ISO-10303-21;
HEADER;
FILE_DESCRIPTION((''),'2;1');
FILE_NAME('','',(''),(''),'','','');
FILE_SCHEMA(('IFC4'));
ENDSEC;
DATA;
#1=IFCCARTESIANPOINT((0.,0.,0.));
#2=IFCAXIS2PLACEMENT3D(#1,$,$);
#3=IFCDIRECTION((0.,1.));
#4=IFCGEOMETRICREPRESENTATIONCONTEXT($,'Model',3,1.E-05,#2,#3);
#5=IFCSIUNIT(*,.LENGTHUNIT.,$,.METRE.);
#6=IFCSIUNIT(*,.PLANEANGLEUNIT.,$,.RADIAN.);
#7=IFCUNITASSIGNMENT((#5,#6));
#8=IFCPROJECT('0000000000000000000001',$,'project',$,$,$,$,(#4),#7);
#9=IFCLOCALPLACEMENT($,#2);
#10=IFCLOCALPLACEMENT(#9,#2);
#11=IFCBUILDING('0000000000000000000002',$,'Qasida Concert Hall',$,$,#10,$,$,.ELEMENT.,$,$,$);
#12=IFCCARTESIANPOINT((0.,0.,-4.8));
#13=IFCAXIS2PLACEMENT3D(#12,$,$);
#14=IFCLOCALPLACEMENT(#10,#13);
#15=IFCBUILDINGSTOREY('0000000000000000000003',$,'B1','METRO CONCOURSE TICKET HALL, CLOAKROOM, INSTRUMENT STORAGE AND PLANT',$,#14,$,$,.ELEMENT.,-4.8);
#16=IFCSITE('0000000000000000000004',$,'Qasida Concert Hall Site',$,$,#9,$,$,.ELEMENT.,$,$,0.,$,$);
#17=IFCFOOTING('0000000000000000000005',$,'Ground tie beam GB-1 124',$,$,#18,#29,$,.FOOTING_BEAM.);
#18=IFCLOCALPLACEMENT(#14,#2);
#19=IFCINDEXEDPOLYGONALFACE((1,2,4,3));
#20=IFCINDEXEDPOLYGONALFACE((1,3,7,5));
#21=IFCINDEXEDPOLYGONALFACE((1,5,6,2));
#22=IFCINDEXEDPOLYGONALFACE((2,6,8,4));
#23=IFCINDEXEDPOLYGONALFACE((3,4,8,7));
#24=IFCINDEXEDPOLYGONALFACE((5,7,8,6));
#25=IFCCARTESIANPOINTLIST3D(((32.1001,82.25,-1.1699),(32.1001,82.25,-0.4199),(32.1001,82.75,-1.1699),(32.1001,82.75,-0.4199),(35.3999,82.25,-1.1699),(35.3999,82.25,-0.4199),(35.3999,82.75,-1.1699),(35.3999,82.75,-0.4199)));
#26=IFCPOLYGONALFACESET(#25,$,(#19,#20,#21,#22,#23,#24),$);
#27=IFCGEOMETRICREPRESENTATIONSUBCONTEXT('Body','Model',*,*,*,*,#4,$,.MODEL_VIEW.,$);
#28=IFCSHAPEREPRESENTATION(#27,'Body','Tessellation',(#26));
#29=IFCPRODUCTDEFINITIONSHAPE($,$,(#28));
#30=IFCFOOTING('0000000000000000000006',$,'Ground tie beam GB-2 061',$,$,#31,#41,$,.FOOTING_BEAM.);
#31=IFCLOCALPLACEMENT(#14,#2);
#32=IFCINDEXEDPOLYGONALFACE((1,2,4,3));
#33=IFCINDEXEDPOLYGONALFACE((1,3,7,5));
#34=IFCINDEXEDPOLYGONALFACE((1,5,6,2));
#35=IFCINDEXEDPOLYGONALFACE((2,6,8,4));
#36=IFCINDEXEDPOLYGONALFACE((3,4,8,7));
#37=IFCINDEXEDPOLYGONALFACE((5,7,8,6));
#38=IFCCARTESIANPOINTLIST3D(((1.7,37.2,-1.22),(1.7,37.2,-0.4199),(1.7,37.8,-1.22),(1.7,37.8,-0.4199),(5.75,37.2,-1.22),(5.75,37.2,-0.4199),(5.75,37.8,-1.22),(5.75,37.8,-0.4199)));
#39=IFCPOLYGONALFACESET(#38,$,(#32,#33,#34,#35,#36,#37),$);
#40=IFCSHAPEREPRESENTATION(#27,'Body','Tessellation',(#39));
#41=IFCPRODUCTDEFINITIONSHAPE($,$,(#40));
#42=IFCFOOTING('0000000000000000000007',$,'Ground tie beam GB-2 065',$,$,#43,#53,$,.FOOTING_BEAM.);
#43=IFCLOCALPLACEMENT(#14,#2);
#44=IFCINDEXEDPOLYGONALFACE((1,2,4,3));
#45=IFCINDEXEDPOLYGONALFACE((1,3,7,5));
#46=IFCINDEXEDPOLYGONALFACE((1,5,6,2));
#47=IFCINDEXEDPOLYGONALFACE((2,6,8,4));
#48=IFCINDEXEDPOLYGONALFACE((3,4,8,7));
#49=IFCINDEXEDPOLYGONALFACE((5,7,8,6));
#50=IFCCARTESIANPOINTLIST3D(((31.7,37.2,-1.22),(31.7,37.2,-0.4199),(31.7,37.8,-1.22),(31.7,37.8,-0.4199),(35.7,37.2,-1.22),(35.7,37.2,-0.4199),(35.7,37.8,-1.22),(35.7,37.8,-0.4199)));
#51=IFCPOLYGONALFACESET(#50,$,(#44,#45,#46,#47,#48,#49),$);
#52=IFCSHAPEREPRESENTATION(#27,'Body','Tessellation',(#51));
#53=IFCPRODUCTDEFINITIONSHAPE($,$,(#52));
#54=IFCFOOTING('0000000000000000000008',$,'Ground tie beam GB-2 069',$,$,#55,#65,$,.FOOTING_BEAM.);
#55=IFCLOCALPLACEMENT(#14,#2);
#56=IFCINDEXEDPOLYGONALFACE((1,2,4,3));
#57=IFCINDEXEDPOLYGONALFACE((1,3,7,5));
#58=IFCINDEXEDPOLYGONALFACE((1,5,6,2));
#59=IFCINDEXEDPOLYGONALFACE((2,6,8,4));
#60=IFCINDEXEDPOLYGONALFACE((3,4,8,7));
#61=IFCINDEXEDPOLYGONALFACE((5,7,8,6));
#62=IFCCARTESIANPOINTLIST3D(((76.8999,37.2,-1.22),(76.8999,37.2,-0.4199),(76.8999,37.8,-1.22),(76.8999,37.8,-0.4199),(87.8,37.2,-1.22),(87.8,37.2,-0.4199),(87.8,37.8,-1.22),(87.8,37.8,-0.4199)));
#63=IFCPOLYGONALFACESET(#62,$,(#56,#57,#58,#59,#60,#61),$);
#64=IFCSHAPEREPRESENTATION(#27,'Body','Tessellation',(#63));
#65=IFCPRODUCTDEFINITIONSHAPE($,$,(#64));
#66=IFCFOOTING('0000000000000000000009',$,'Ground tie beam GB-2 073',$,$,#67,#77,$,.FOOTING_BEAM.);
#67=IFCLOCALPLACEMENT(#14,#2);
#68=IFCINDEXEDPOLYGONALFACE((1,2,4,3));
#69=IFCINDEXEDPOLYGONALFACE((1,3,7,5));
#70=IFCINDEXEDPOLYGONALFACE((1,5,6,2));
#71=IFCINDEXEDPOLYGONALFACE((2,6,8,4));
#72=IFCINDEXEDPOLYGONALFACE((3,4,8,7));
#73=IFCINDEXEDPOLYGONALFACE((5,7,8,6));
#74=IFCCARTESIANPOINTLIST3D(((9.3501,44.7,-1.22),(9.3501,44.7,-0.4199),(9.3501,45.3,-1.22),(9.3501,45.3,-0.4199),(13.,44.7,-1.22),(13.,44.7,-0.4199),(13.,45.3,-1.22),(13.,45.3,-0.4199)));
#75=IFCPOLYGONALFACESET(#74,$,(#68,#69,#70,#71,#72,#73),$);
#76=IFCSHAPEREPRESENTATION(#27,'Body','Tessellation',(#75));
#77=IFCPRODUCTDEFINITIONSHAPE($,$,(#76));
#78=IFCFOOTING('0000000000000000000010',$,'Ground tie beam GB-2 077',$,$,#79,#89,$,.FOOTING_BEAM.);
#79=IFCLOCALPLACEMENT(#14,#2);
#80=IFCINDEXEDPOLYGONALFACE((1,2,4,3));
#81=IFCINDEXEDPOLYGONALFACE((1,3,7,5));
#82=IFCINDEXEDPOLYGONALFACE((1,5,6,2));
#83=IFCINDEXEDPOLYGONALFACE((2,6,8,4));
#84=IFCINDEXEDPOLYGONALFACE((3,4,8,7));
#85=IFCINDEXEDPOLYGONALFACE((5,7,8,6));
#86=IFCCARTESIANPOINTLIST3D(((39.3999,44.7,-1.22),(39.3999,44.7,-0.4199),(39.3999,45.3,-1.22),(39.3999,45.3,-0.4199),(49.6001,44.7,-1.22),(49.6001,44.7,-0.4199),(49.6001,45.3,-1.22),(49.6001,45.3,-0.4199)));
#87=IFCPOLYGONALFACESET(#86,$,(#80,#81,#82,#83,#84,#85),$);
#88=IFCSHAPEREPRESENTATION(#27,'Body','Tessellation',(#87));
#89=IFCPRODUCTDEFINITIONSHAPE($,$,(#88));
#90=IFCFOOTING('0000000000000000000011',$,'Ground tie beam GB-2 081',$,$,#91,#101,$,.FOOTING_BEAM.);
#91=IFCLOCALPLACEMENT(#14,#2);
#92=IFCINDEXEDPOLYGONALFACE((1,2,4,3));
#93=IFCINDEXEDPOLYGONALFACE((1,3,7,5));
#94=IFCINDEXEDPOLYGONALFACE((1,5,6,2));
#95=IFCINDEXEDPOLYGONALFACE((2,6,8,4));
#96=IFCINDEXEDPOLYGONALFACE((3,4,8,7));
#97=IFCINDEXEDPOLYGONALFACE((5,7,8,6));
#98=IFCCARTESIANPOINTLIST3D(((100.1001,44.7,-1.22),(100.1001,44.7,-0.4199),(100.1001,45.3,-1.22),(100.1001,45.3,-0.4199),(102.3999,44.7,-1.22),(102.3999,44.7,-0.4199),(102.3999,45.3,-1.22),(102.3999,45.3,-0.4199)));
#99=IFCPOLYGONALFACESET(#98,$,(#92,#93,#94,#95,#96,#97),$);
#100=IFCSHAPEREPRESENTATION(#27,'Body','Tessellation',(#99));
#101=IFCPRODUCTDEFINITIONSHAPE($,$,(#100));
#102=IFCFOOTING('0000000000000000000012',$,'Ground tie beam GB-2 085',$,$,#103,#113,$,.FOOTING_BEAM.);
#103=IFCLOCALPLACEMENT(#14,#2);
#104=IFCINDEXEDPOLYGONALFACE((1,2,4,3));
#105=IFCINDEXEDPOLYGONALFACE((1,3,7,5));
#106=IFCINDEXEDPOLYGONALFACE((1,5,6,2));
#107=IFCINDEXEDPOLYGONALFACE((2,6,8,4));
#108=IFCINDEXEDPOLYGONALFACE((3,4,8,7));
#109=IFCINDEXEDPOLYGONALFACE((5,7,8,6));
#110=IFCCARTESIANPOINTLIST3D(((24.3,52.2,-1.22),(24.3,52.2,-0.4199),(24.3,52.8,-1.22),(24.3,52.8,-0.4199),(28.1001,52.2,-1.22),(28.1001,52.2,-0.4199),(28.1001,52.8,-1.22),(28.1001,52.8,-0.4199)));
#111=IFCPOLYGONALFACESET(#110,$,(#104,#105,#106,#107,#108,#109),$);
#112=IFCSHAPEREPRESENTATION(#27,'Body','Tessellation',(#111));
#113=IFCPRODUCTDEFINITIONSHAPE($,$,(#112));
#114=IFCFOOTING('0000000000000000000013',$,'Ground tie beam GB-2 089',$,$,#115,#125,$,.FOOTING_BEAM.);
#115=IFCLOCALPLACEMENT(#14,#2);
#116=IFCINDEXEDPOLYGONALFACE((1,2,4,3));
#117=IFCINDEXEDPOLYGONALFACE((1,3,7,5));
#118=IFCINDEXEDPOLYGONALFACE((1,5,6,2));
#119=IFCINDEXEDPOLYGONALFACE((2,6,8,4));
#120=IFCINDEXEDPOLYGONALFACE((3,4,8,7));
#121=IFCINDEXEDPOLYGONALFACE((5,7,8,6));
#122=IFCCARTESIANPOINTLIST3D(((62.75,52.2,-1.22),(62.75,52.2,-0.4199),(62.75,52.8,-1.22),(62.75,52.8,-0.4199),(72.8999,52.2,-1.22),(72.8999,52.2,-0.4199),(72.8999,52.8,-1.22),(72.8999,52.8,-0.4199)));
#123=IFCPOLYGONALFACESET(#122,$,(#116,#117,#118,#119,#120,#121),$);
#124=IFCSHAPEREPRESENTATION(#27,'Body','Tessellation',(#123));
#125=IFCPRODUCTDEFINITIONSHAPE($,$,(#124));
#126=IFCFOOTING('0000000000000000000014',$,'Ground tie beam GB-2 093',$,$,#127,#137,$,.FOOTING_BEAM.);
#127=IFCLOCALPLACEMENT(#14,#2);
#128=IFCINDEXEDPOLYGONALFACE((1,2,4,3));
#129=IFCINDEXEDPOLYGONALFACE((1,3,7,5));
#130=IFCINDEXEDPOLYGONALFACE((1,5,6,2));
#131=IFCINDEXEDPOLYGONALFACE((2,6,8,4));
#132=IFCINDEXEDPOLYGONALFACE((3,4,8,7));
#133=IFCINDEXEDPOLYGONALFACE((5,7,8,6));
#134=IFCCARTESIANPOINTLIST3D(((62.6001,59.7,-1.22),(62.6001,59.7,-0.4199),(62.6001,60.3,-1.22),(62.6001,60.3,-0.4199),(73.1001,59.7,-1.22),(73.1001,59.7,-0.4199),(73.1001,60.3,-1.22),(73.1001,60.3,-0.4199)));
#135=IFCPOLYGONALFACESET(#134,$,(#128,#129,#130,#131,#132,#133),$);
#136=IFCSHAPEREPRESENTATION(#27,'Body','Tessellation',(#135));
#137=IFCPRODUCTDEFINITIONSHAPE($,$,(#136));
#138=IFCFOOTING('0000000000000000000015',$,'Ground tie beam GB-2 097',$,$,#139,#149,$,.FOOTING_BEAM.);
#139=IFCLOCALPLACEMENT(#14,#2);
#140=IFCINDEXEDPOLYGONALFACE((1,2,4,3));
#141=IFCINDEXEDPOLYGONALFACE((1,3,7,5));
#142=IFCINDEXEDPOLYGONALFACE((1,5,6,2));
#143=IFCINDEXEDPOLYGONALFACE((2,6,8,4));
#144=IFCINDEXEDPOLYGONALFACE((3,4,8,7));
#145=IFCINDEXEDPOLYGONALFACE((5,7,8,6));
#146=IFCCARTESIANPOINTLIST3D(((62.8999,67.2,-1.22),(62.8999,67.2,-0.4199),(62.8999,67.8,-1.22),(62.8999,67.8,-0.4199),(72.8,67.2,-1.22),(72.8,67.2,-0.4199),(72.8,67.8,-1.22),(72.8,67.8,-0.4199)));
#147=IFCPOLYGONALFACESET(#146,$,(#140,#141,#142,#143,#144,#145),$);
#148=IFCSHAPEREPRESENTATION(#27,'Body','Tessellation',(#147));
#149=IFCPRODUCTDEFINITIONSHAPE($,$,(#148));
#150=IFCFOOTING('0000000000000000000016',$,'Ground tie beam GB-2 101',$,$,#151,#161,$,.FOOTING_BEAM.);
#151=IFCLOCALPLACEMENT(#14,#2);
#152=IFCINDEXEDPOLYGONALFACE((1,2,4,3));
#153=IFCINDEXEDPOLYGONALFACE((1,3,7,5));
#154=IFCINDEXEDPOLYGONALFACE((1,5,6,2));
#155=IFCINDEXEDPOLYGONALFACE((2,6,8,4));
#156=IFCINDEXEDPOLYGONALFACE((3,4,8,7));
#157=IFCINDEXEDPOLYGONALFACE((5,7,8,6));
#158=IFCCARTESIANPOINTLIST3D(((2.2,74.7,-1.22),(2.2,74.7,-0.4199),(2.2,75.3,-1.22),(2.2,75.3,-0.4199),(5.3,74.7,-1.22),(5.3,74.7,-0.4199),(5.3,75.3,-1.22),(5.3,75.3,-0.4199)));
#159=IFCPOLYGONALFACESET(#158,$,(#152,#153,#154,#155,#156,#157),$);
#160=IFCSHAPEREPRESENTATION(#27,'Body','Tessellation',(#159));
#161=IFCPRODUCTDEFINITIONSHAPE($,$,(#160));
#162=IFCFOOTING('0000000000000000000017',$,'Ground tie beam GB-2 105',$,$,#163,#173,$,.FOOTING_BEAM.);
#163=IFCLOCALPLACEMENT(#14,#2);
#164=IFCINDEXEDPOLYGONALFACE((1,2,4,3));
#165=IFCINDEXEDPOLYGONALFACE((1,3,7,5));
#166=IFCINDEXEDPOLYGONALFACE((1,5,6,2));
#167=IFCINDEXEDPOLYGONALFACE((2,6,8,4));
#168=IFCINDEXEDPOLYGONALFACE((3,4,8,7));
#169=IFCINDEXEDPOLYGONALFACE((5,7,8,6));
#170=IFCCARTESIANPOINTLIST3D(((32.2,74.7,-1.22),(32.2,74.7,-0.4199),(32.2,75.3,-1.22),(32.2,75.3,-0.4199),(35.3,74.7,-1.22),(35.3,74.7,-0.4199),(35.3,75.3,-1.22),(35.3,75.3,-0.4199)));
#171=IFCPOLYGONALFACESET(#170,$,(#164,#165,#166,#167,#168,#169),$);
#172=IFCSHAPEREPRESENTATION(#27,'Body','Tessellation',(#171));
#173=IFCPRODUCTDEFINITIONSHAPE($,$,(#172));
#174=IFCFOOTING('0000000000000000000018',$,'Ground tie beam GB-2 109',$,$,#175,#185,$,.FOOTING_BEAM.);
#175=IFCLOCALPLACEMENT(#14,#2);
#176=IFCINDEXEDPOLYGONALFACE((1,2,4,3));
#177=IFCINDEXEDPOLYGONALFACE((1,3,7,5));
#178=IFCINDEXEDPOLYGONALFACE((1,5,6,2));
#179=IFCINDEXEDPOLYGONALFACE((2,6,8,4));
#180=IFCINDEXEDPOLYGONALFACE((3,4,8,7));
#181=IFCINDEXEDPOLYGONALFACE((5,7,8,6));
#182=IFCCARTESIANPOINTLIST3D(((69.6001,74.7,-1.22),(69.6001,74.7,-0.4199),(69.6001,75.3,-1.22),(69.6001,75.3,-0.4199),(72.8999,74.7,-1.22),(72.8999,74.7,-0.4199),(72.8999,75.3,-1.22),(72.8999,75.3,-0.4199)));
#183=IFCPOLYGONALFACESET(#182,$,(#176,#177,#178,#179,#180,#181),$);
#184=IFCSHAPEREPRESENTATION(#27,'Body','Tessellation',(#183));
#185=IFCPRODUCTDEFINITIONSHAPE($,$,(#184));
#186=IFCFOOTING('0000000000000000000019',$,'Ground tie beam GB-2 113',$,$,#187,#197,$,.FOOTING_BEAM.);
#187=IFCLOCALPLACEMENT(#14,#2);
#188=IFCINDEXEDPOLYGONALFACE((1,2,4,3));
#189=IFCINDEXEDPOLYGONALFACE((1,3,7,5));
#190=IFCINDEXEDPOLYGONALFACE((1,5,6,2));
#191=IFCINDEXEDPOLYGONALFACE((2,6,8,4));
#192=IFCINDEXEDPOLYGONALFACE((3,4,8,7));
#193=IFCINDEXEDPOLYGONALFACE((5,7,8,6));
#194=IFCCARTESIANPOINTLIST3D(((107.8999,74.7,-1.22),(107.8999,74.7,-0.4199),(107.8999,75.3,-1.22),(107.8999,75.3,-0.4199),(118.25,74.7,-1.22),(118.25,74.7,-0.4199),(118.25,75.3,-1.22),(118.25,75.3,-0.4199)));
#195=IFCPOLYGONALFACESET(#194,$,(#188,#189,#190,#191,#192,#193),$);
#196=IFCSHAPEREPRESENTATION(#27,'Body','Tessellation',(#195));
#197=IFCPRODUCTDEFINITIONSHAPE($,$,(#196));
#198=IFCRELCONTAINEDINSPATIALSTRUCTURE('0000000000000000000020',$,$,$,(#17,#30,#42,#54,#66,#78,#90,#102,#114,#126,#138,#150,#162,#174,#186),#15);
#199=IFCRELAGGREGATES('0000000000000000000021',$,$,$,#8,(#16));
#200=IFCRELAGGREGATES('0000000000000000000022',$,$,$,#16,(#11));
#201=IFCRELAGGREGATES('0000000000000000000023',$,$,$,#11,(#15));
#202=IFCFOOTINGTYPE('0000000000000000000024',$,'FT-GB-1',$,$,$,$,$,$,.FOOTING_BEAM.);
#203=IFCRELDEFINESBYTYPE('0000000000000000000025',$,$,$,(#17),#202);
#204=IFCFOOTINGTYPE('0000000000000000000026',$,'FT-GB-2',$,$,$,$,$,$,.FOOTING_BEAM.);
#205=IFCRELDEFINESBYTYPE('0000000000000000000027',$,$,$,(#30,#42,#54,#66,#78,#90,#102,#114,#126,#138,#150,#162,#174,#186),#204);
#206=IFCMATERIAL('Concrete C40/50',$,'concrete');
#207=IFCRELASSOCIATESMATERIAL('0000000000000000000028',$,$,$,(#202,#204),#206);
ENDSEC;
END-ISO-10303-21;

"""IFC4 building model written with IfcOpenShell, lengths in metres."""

from ifc_helpers import new_model, si_unit, direction, frame, origin, place, context, subcontext, project, spatial, polyline, outline, extrude, material, type_object, element, save


model = new_model("IFC4")

# Units and contexts
model_context = context("Model", 3, precision=1e-05, world=origin(), true_north=direction((0.0, 1.0)))
body_context = subcontext(model_context, "Body", "Model", "MODEL_VIEW")
ifc_project = project(units=[si_unit("LENGTHUNIT", "METRE"), si_unit("PLANEANGLEUNIT", "RADIAN")], contexts=[model_context])

# Site, building, storey
site_placement = place(None, origin())
site = spatial("IfcSite", under=ifc_project, at=site_placement, Name="Qasida Concert Hall Site", CompositionType="ELEMENT", RefElevation=0.0)
building_placement = place(site_placement, origin())
building = spatial("IfcBuilding", under=site, at=building_placement, Name="Qasida Concert Hall", CompositionType="ELEMENT")
storey_placement = place(building_placement, frame((0.0, 0.0, -4.8)))
storey = spatial("IfcBuildingStorey", under=building, at=storey_placement, Name="B1", Description="METRO CONCOURSE TICKET HALL, CLOAKROOM, INSTRUMENT STORAGE AND PLANT", CompositionType="ELEMENT", Elevation=-4.8)

# Footings
ifc_material = material(Name="Concrete C40/50", Category="concrete")
footing_type_1 = type_object("IfcFootingType", Name="FT-GB-1", PredefinedType="FOOTING_BEAM", material=ifc_material)
footing_1_placement = place(storey_placement, frame((0.0, 0.0, -1.1699)))
element("IfcFooting", 1, at=footing_1_placement, inside=storey, type_object=footing_type_1, Name="Ground tie beam GB-1 124", PredefinedType="FOOTING_BEAM", context=body_context, shape_type="SweptSolid", body=[
    extrude(outline(polyline([(32.1001, 82.25), (35.3999, 82.25), (35.3999, 82.75), (32.1001, 82.75), (32.1001, 82.25)])), origin(), (0.0, 0.0, 1.0), 0.75),
])
footing_type_2 = type_object("IfcFootingType", Name="FT-GB-2", PredefinedType="FOOTING_BEAM", material=ifc_material)
footing_2_placement = place(storey_placement, frame((0.0, 0.0, -1.22)))
element("IfcFooting", 2, at=footing_2_placement, inside=storey, type_object=footing_type_2, Name="Ground tie beam GB-2 061", PredefinedType="FOOTING_BEAM", context=body_context, shape_type="SweptSolid", body=[
    extrude(outline(polyline([(1.7, 37.2), (5.75, 37.2), (5.75, 37.8), (1.7, 37.8), (1.7, 37.2)])), origin(), (0.0, 0.0, 1.0), 0.8),
])
footing_3_placement = place(storey_placement, frame((0.0, 0.0, -1.22)))
element("IfcFooting", 3, at=footing_3_placement, inside=storey, type_object=footing_type_2, Name="Ground tie beam GB-2 065", PredefinedType="FOOTING_BEAM", context=body_context, shape_type="SweptSolid", body=[
    extrude(outline(polyline([(31.7, 37.2), (35.7, 37.2), (35.7, 37.8), (31.7, 37.8), (31.7, 37.2)])), origin(), (0.0, 0.0, 1.0), 0.8),
])
footing_4_placement = place(storey_placement, frame((0.0, 0.0, -1.22)))
element("IfcFooting", 4, at=footing_4_placement, inside=storey, type_object=footing_type_2, Name="Ground tie beam GB-2 069", PredefinedType="FOOTING_BEAM", context=body_context, shape_type="SweptSolid", body=[
    extrude(outline(polyline([(76.8999, 37.2), (87.8, 37.2), (87.8, 37.8), (76.8999, 37.8), (76.8999, 37.2)])), origin(), (0.0, 0.0, 1.0), 0.8),
])
footing_5_placement = place(storey_placement, frame((0.0, 0.0, -1.22)))
element("IfcFooting", 5, at=footing_5_placement, inside=storey, type_object=footing_type_2, Name="Ground tie beam GB-2 073", PredefinedType="FOOTING_BEAM", context=body_context, shape_type="SweptSolid", body=[
    extrude(outline(polyline([(9.3501, 44.7), (13.0, 44.7), (13.0, 45.3), (9.3501, 45.3), (9.3501, 44.7)])), origin(), (0.0, 0.0, 1.0), 0.8),
])
footing_6_placement = place(storey_placement, frame((0.0, 0.0, -1.22)))
element("IfcFooting", 6, at=footing_6_placement, inside=storey, type_object=footing_type_2, Name="Ground tie beam GB-2 077", PredefinedType="FOOTING_BEAM", context=body_context, shape_type="SweptSolid", body=[
    extrude(outline(polyline([(39.3999, 44.7), (49.6001, 44.7), (49.6001, 45.3), (39.3999, 45.3), (39.3999, 44.7)])), origin(), (0.0, 0.0, 1.0), 0.8),
])
footing_7_placement = place(storey_placement, frame((0.0, 0.0, -1.22)))
element("IfcFooting", 7, at=footing_7_placement, inside=storey, type_object=footing_type_2, Name="Ground tie beam GB-2 081", PredefinedType="FOOTING_BEAM", context=body_context, shape_type="SweptSolid", body=[
    extrude(outline(polyline([(100.1001, 44.7), (102.3999, 44.7), (102.3999, 45.3), (100.1001, 45.3), (100.1001, 44.7)])), origin(), (0.0, 0.0, 1.0), 0.8),
])
footing_8_placement = place(storey_placement, frame((0.0, 0.0, -1.22)))
element("IfcFooting", 8, at=footing_8_placement, inside=storey, type_object=footing_type_2, Name="Ground tie beam GB-2 085", PredefinedType="FOOTING_BEAM", context=body_context, shape_type="SweptSolid", body=[
    extrude(outline(polyline([(24.3, 52.2), (28.1001, 52.2), (28.1001, 52.8), (24.3, 52.8), (24.3, 52.2)])), origin(), (0.0, 0.0, 1.0), 0.8),
])
footing_9_placement = place(storey_placement, frame((0.0, 0.0, -1.22)))
element("IfcFooting", 9, at=footing_9_placement, inside=storey, type_object=footing_type_2, Name="Ground tie beam GB-2 089", PredefinedType="FOOTING_BEAM", context=body_context, shape_type="SweptSolid", body=[
    extrude(outline(polyline([(62.75, 52.2), (72.8999, 52.2), (72.8999, 52.8), (62.75, 52.8), (62.75, 52.2)])), origin(), (0.0, 0.0, 1.0), 0.8),
])
footing_10_placement = place(storey_placement, frame((0.0, 0.0, -1.22)))
element("IfcFooting", 10, at=footing_10_placement, inside=storey, type_object=footing_type_2, Name="Ground tie beam GB-2 093", PredefinedType="FOOTING_BEAM", context=body_context, shape_type="SweptSolid", body=[
    extrude(outline(polyline([(62.6001, 59.7), (73.1001, 59.7), (73.1001, 60.3), (62.6001, 60.3), (62.6001, 59.7)])), origin(), (0.0, 0.0, 1.0), 0.8),
])
footing_11_placement = place(storey_placement, frame((0.0, 0.0, -1.22)))
element("IfcFooting", 11, at=footing_11_placement, inside=storey, type_object=footing_type_2, Name="Ground tie beam GB-2 097", PredefinedType="FOOTING_BEAM", context=body_context, shape_type="SweptSolid", body=[
    extrude(outline(polyline([(62.8999, 67.2), (72.8, 67.2), (72.8, 67.8), (62.8999, 67.8), (62.8999, 67.2)])), origin(), (0.0, 0.0, 1.0), 0.8),
])
footing_12_placement = place(storey_placement, frame((0.0, 0.0, -1.22)))
element("IfcFooting", 12, at=footing_12_placement, inside=storey, type_object=footing_type_2, Name="Ground tie beam GB-2 101", PredefinedType="FOOTING_BEAM", context=body_context, shape_type="SweptSolid", body=[
    extrude(outline(polyline([(2.2, 74.7), (5.3, 74.7), (5.3, 75.3), (2.2, 75.3), (2.2, 74.7)])), origin(), (0.0, 0.0, 1.0), 0.8),
])
footing_13_placement = place(storey_placement, frame((0.0, 0.0, -1.22)))
element("IfcFooting", 13, at=footing_13_placement, inside=storey, type_object=footing_type_2, Name="Ground tie beam GB-2 105", PredefinedType="FOOTING_BEAM", context=body_context, shape_type="SweptSolid", body=[
    extrude(outline(polyline([(32.2, 74.7), (35.3, 74.7), (35.3, 75.3), (32.2, 75.3), (32.2, 74.7)])), origin(), (0.0, 0.0, 1.0), 0.8),
])
footing_14_placement = place(storey_placement, frame((0.0, 0.0, -1.22)))
element("IfcFooting", 14, at=footing_14_placement, inside=storey, type_object=footing_type_2, Name="Ground tie beam GB-2 109", PredefinedType="FOOTING_BEAM", context=body_context, shape_type="SweptSolid", body=[
    extrude(outline(polyline([(69.6001, 74.7), (72.8999, 74.7), (72.8999, 75.3), (69.6001, 75.3), (69.6001, 74.7)])), origin(), (0.0, 0.0, 1.0), 0.8),
])
footing_15_placement = place(storey_placement, frame((0.0, 0.0, -1.22)))
element("IfcFooting", 15, at=footing_15_placement, inside=storey, type_object=footing_type_2, Name="Ground tie beam GB-2 113", PredefinedType="FOOTING_BEAM", context=body_context, shape_type="SweptSolid", body=[
    extrude(outline(polyline([(107.8999, 74.7), (118.25, 74.7), (118.25, 75.3), (107.8999, 75.3), (107.8999, 74.7)])), origin(), (0.0, 0.0, 1.0), 0.8),
])

save(model, "model.ifc")
